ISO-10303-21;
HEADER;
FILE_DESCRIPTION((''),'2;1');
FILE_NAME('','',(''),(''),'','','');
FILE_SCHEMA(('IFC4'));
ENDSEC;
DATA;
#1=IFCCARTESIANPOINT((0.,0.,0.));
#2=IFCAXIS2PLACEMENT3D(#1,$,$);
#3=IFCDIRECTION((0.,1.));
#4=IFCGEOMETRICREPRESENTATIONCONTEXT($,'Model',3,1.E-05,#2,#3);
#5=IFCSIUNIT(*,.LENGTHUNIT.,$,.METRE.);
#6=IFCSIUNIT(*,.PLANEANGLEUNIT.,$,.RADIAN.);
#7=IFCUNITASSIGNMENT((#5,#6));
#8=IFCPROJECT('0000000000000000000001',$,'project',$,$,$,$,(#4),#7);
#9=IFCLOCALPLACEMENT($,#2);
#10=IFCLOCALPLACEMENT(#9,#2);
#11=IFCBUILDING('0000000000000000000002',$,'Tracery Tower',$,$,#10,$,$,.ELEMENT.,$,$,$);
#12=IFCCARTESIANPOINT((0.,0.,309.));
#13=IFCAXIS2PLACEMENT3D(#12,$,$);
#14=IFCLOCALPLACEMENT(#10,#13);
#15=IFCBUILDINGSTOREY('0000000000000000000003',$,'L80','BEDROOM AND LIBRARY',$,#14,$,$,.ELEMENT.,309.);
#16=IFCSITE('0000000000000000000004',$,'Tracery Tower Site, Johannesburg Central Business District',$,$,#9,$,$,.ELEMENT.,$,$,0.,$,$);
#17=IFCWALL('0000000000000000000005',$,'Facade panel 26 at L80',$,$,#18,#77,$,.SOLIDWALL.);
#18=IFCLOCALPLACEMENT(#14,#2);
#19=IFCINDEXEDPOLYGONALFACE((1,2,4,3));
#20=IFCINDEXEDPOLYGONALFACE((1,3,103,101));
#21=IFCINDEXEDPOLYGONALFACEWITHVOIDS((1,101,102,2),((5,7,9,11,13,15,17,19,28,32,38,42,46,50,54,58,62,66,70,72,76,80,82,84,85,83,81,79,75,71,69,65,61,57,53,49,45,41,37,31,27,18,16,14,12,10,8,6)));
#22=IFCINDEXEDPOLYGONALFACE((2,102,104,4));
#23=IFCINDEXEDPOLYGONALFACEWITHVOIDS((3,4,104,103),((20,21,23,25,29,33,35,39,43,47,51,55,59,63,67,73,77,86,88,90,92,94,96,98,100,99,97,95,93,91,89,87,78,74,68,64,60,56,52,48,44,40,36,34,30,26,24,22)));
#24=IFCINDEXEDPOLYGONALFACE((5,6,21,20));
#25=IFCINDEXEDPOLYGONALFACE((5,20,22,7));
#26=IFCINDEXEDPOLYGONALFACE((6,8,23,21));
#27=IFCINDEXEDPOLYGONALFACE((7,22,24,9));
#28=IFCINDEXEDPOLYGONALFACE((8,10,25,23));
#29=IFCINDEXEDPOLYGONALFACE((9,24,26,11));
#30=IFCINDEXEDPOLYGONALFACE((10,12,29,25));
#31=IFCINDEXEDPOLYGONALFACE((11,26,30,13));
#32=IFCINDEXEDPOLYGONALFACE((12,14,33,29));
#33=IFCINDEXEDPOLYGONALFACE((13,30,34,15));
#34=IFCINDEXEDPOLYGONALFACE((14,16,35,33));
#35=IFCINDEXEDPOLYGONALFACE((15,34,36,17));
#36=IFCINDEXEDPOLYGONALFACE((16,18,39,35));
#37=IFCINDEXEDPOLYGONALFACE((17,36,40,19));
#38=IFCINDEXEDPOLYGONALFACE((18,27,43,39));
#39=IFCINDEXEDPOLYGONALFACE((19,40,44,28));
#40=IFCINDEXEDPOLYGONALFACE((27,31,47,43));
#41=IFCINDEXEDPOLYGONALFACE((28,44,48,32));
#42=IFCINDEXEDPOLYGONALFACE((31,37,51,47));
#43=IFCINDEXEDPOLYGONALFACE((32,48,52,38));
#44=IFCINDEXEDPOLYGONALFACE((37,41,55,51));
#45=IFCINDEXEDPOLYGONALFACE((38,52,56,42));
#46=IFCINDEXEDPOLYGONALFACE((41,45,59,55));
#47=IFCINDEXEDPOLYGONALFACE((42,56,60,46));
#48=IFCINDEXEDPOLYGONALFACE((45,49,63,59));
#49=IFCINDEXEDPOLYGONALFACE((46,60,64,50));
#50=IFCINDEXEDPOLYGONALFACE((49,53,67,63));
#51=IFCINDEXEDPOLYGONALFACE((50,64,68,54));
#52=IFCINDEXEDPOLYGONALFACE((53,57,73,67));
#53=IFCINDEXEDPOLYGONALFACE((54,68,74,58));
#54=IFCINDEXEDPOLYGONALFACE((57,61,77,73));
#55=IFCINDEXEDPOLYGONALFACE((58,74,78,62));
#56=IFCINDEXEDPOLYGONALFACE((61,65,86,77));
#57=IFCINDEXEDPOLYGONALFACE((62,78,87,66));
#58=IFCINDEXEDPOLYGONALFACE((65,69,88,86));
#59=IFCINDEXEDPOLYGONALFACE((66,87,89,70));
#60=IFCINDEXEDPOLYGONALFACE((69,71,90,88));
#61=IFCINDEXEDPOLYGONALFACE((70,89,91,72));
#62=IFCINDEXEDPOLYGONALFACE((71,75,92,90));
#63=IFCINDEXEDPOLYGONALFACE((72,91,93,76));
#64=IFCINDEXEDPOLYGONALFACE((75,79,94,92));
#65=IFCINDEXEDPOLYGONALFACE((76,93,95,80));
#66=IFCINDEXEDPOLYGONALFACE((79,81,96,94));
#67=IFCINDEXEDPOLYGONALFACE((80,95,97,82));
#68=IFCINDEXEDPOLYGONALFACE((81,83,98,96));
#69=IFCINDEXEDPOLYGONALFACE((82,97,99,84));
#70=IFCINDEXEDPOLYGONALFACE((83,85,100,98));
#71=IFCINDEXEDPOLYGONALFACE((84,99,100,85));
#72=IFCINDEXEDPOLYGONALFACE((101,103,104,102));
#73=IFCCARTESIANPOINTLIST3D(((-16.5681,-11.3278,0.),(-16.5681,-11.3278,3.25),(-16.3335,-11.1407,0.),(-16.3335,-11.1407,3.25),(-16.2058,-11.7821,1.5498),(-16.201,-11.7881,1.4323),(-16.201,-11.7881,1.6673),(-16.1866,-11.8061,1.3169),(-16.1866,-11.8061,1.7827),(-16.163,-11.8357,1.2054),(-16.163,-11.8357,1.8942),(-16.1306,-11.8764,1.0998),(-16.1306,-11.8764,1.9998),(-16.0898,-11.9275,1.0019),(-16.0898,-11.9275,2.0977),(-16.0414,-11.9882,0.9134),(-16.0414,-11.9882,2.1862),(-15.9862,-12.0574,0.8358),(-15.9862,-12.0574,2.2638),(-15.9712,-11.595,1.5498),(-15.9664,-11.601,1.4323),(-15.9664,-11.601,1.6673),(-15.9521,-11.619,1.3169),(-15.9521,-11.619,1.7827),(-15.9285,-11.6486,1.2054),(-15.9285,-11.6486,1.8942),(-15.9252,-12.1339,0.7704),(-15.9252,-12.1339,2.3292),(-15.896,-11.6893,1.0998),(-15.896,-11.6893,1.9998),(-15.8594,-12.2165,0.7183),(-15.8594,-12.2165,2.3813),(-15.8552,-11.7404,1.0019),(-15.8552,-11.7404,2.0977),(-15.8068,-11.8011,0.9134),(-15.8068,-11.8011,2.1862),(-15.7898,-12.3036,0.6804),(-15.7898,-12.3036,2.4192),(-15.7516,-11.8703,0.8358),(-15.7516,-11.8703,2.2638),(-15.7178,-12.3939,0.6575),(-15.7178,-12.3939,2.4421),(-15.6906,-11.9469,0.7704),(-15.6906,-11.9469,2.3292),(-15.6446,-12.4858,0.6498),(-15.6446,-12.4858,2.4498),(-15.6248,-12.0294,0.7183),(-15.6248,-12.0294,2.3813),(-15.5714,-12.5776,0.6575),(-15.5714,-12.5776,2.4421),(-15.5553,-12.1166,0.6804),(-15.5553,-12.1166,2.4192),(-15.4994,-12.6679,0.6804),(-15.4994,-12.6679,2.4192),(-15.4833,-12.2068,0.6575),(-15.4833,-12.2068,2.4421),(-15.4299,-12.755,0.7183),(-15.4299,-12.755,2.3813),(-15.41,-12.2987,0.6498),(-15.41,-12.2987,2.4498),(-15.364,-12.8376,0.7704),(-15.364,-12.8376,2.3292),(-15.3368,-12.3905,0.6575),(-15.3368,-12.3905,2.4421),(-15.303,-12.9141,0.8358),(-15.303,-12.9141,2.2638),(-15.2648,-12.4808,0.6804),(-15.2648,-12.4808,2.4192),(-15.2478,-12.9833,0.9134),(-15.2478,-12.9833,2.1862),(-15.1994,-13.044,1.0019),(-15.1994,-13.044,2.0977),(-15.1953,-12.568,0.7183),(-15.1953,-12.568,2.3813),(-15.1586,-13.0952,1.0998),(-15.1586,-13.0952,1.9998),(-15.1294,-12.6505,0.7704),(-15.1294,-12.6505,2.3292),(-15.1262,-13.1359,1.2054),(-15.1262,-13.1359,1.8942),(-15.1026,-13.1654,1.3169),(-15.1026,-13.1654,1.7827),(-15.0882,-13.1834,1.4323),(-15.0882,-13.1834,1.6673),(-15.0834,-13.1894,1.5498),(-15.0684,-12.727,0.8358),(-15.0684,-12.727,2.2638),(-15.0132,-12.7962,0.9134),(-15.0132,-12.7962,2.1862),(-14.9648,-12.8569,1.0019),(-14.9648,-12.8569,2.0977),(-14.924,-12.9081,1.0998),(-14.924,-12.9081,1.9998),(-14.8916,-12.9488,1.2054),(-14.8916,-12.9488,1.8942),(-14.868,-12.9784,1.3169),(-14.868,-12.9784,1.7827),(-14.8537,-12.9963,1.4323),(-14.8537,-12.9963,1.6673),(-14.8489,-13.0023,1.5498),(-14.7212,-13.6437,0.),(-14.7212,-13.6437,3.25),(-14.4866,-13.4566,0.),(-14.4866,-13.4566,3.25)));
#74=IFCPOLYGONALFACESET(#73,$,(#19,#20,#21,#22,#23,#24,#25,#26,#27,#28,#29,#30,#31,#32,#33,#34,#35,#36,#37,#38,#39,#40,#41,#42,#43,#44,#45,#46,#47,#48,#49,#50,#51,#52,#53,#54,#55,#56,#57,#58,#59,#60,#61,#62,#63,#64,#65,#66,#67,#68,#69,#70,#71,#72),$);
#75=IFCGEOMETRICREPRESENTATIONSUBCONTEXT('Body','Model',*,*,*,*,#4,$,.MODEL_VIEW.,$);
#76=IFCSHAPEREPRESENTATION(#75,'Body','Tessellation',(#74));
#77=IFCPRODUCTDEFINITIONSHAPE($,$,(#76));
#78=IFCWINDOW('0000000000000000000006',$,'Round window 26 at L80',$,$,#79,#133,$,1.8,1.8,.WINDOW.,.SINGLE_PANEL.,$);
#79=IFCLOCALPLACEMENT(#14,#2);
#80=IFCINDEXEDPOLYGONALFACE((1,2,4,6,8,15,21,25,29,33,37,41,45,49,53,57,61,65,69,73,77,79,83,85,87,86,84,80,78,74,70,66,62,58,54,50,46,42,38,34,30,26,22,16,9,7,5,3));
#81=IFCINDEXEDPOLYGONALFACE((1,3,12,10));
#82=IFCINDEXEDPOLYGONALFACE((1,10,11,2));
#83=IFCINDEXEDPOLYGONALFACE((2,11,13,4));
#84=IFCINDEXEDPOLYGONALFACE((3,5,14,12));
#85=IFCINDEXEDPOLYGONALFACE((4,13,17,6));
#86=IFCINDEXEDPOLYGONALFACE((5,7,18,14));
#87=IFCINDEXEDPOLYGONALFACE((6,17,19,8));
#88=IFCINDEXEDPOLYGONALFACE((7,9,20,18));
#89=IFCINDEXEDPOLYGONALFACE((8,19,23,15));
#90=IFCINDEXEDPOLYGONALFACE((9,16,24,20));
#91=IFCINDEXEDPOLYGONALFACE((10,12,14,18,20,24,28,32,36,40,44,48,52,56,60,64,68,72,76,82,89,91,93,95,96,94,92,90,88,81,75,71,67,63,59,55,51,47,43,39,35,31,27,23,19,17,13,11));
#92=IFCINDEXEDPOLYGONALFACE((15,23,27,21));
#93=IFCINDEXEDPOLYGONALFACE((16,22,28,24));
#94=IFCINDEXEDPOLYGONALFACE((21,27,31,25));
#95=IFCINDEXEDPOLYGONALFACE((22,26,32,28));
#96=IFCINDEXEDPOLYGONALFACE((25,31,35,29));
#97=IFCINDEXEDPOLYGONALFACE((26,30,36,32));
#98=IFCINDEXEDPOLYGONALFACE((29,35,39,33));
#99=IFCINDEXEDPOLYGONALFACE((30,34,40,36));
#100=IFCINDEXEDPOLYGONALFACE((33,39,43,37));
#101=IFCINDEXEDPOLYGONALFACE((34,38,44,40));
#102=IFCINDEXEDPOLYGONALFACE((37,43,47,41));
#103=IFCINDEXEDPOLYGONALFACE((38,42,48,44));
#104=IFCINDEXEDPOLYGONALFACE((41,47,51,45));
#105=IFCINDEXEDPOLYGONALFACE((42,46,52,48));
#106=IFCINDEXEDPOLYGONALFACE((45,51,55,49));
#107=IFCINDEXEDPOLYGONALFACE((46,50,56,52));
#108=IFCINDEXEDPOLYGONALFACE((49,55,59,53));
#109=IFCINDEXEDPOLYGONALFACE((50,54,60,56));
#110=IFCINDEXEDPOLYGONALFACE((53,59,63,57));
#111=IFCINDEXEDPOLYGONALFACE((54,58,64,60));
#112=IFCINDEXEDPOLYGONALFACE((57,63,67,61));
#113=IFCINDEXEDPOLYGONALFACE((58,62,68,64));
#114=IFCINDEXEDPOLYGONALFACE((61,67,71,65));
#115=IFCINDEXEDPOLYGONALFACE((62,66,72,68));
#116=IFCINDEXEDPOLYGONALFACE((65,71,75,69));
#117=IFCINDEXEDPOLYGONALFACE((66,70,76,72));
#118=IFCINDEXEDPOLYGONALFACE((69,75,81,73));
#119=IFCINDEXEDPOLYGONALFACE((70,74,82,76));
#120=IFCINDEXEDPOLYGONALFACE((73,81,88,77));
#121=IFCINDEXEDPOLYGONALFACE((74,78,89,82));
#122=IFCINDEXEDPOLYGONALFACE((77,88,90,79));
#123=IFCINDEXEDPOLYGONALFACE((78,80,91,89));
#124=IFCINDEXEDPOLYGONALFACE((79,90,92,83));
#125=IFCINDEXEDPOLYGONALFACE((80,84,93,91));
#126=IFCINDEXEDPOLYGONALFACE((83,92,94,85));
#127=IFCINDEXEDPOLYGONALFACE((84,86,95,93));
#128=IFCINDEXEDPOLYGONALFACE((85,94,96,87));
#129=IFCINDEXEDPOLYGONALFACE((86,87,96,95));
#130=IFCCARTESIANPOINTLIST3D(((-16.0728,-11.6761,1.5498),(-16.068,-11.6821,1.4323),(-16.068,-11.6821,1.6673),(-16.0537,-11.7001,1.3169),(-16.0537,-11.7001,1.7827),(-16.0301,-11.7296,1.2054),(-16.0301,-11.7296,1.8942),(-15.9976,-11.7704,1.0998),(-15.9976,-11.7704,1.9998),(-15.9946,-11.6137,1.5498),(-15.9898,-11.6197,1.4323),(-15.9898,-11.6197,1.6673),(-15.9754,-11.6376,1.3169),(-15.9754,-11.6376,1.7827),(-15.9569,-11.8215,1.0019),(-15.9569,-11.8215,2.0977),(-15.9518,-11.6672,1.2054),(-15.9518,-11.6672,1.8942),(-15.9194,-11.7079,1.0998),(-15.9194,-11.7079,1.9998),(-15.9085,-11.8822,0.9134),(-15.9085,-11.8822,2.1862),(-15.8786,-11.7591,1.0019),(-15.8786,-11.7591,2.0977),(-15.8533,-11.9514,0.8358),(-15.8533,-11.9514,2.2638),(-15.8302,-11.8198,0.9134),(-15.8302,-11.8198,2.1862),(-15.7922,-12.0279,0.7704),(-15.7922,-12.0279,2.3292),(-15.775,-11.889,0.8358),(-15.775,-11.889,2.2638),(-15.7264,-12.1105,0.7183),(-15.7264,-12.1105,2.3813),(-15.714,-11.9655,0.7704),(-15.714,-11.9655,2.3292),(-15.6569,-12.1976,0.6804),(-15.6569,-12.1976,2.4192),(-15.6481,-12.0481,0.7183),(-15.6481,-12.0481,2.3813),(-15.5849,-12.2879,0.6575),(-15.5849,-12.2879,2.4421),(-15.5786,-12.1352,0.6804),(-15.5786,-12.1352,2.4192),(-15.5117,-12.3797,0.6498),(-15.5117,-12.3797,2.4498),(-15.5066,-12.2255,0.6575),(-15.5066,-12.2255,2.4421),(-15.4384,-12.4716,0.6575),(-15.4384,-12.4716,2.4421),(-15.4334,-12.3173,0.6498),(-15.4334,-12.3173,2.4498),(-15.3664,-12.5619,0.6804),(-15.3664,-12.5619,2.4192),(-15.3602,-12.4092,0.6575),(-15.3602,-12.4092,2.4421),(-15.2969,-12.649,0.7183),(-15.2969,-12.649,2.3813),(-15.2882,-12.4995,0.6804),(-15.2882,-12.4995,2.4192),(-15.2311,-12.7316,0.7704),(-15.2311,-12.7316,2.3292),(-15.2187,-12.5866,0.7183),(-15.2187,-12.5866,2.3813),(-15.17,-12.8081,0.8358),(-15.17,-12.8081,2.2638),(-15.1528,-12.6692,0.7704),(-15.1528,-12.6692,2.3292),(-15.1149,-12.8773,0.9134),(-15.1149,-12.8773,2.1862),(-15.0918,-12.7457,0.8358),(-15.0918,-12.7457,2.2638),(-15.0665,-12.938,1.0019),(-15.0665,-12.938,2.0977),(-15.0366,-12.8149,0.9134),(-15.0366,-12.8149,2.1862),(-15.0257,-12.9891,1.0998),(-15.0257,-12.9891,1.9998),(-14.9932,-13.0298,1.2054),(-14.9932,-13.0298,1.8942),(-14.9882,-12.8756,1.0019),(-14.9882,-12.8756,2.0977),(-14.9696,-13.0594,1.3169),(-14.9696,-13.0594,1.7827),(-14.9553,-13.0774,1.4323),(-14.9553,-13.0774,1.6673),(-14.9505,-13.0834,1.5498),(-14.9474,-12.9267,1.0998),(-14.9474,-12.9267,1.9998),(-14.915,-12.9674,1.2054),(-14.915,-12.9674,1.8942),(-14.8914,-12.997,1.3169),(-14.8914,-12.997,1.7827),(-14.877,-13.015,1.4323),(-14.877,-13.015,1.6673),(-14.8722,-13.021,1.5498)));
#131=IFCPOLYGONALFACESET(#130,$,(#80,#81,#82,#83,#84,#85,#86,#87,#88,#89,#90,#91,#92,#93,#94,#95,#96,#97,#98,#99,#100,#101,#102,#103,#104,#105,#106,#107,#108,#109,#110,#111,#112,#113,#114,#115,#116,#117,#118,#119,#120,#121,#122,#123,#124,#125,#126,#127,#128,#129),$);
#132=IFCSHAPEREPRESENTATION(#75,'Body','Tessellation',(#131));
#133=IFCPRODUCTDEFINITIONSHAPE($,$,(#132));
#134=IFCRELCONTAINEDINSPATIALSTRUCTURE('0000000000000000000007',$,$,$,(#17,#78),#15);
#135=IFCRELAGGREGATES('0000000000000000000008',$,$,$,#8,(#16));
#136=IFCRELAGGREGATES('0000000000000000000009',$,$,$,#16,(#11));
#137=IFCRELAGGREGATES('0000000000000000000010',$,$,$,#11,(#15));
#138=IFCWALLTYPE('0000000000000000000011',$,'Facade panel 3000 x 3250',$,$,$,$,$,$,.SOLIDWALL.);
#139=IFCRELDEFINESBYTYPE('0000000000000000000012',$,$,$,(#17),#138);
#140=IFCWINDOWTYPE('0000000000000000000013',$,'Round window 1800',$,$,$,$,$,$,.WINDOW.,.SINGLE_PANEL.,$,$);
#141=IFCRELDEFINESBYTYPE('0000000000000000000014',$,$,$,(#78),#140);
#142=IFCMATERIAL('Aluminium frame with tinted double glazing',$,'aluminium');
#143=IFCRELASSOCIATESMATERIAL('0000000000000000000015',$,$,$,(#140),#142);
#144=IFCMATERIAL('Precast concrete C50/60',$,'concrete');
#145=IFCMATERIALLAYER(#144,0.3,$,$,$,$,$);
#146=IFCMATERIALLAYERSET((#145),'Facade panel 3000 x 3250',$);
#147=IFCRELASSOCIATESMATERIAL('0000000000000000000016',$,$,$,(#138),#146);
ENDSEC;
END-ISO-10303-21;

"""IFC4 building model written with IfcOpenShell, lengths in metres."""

from ifc_helpers import new_model, si_unit, direction, frame, frame_2d, origin, origin_2d, place, context, subcontext, project, spatial, rectangle, circle, extrude, material, layer, layer_set, type_object, element, fill, save


model = new_model("IFC4")

# Units and contexts
model_context = context("Model", 3, precision=1e-05, world=origin(), true_north=direction((0.0, 1.0)))
body_context = subcontext(model_context, "Body", "Model", "MODEL_VIEW")
ifc_project = project(units=[si_unit("LENGTHUNIT", "METRE"), si_unit("PLANEANGLEUNIT", "RADIAN")], contexts=[model_context])

# Site, building, storey
site_placement = place(None, origin())
site = spatial("IfcSite", under=ifc_project, at=site_placement, Name="Tracery Tower Site, Johannesburg Central Business District", CompositionType="ELEMENT", RefElevation=0.0)
building_placement = place(site_placement, origin())
building = spatial("IfcBuilding", under=site, at=building_placement, Name="Tracery Tower", CompositionType="ELEMENT")
storey_placement = place(building_placement, frame((0.0, 0.0, 309.0)))
storey = spatial("IfcBuildingStorey", under=building, at=storey_placement, Name="L80", Description="BEDROOM AND LIBRARY", CompositionType="ELEMENT", Elevation=309.0)

# Wall, opening, window
ifc_material_1 = material(Name="Aluminium frame with tinted double glazing", Category="aluminium")
window_type = type_object("IfcWindowType", Name="Round window 1800", PartitioningType="SINGLE_PANEL", PredefinedType="WINDOW", material=ifc_material_1)
ifc_material_2 = material(Name="Precast concrete C50/60", Category="concrete")
ifc_layer_1 = layer(ifc_material_2, 0.3)
ifc_layer_set_1 = layer_set([ifc_layer_1], Name="Facade panel 3000 x 3250")
wall_type_1 = type_object("IfcWallType", Name="Facade panel 3000 x 3250", PredefinedType="SOLIDWALL", material=ifc_layer_set_1)
wall_1_placement = place(storey_placement, frame((-16.4507, -11.2344, 0.0), z_axis=(0.0, 0.0, 1.0), x_axis=(0.623498, -0.781825, 0.0)))
wall_1 = element("IfcWall", 1, at=wall_1_placement, inside=storey, type_object=wall_type_1, Name="Facade panel 26 at L80", PredefinedType="SOLIDWALL", context=body_context, shape_type="SweptSolid", body=[
    extrude(rectangle(XDim=2.9622, YDim=0.3, at=frame_2d((1.481, 0.0))), origin(), (0.0, 0.0, 1.0), 3.25),
])
opening_1_placement = place(wall_1_placement, frame((1.481, 0.0, 1.5498)))
opening_1 = element("IfcOpeningElement", 2, at=opening_1_placement, cuts=wall_1, PredefinedType="OPENING", context=body_context, shape_type="SweptSolid", body=[
    extrude(circle(Radius=0.9, at=origin_2d()), frame((0.0, 0.1599, 0.0), z_axis=(0.0, -1.0, 0.0), x_axis=(1.0, 0.0, 0.0)), (0.0, 0.0, 1.0), 0.3201),
])
window_1_placement = place(opening_1_placement, origin())
window_1 = element("IfcWindow", 3, at=window_1_placement, inside=storey, type_object=window_type, Name="Round window 26 at L80", OverallHeight=1.8, OverallWidth=1.8, PartitioningType="SINGLE_PANEL", PredefinedType="WINDOW", context=body_context, shape_type="SweptSolid", body=[
    extrude(circle(Radius=0.9, at=origin_2d()), frame((0.0, 0.1201, 0.0), z_axis=(0.0, -1.0, 0.0), x_axis=(1.0, 0.0, 0.0)), (0.0, 0.0, 1.0), 0.1001),
])
fill(opening_1, window_1)

save(model, "model.ifc")
